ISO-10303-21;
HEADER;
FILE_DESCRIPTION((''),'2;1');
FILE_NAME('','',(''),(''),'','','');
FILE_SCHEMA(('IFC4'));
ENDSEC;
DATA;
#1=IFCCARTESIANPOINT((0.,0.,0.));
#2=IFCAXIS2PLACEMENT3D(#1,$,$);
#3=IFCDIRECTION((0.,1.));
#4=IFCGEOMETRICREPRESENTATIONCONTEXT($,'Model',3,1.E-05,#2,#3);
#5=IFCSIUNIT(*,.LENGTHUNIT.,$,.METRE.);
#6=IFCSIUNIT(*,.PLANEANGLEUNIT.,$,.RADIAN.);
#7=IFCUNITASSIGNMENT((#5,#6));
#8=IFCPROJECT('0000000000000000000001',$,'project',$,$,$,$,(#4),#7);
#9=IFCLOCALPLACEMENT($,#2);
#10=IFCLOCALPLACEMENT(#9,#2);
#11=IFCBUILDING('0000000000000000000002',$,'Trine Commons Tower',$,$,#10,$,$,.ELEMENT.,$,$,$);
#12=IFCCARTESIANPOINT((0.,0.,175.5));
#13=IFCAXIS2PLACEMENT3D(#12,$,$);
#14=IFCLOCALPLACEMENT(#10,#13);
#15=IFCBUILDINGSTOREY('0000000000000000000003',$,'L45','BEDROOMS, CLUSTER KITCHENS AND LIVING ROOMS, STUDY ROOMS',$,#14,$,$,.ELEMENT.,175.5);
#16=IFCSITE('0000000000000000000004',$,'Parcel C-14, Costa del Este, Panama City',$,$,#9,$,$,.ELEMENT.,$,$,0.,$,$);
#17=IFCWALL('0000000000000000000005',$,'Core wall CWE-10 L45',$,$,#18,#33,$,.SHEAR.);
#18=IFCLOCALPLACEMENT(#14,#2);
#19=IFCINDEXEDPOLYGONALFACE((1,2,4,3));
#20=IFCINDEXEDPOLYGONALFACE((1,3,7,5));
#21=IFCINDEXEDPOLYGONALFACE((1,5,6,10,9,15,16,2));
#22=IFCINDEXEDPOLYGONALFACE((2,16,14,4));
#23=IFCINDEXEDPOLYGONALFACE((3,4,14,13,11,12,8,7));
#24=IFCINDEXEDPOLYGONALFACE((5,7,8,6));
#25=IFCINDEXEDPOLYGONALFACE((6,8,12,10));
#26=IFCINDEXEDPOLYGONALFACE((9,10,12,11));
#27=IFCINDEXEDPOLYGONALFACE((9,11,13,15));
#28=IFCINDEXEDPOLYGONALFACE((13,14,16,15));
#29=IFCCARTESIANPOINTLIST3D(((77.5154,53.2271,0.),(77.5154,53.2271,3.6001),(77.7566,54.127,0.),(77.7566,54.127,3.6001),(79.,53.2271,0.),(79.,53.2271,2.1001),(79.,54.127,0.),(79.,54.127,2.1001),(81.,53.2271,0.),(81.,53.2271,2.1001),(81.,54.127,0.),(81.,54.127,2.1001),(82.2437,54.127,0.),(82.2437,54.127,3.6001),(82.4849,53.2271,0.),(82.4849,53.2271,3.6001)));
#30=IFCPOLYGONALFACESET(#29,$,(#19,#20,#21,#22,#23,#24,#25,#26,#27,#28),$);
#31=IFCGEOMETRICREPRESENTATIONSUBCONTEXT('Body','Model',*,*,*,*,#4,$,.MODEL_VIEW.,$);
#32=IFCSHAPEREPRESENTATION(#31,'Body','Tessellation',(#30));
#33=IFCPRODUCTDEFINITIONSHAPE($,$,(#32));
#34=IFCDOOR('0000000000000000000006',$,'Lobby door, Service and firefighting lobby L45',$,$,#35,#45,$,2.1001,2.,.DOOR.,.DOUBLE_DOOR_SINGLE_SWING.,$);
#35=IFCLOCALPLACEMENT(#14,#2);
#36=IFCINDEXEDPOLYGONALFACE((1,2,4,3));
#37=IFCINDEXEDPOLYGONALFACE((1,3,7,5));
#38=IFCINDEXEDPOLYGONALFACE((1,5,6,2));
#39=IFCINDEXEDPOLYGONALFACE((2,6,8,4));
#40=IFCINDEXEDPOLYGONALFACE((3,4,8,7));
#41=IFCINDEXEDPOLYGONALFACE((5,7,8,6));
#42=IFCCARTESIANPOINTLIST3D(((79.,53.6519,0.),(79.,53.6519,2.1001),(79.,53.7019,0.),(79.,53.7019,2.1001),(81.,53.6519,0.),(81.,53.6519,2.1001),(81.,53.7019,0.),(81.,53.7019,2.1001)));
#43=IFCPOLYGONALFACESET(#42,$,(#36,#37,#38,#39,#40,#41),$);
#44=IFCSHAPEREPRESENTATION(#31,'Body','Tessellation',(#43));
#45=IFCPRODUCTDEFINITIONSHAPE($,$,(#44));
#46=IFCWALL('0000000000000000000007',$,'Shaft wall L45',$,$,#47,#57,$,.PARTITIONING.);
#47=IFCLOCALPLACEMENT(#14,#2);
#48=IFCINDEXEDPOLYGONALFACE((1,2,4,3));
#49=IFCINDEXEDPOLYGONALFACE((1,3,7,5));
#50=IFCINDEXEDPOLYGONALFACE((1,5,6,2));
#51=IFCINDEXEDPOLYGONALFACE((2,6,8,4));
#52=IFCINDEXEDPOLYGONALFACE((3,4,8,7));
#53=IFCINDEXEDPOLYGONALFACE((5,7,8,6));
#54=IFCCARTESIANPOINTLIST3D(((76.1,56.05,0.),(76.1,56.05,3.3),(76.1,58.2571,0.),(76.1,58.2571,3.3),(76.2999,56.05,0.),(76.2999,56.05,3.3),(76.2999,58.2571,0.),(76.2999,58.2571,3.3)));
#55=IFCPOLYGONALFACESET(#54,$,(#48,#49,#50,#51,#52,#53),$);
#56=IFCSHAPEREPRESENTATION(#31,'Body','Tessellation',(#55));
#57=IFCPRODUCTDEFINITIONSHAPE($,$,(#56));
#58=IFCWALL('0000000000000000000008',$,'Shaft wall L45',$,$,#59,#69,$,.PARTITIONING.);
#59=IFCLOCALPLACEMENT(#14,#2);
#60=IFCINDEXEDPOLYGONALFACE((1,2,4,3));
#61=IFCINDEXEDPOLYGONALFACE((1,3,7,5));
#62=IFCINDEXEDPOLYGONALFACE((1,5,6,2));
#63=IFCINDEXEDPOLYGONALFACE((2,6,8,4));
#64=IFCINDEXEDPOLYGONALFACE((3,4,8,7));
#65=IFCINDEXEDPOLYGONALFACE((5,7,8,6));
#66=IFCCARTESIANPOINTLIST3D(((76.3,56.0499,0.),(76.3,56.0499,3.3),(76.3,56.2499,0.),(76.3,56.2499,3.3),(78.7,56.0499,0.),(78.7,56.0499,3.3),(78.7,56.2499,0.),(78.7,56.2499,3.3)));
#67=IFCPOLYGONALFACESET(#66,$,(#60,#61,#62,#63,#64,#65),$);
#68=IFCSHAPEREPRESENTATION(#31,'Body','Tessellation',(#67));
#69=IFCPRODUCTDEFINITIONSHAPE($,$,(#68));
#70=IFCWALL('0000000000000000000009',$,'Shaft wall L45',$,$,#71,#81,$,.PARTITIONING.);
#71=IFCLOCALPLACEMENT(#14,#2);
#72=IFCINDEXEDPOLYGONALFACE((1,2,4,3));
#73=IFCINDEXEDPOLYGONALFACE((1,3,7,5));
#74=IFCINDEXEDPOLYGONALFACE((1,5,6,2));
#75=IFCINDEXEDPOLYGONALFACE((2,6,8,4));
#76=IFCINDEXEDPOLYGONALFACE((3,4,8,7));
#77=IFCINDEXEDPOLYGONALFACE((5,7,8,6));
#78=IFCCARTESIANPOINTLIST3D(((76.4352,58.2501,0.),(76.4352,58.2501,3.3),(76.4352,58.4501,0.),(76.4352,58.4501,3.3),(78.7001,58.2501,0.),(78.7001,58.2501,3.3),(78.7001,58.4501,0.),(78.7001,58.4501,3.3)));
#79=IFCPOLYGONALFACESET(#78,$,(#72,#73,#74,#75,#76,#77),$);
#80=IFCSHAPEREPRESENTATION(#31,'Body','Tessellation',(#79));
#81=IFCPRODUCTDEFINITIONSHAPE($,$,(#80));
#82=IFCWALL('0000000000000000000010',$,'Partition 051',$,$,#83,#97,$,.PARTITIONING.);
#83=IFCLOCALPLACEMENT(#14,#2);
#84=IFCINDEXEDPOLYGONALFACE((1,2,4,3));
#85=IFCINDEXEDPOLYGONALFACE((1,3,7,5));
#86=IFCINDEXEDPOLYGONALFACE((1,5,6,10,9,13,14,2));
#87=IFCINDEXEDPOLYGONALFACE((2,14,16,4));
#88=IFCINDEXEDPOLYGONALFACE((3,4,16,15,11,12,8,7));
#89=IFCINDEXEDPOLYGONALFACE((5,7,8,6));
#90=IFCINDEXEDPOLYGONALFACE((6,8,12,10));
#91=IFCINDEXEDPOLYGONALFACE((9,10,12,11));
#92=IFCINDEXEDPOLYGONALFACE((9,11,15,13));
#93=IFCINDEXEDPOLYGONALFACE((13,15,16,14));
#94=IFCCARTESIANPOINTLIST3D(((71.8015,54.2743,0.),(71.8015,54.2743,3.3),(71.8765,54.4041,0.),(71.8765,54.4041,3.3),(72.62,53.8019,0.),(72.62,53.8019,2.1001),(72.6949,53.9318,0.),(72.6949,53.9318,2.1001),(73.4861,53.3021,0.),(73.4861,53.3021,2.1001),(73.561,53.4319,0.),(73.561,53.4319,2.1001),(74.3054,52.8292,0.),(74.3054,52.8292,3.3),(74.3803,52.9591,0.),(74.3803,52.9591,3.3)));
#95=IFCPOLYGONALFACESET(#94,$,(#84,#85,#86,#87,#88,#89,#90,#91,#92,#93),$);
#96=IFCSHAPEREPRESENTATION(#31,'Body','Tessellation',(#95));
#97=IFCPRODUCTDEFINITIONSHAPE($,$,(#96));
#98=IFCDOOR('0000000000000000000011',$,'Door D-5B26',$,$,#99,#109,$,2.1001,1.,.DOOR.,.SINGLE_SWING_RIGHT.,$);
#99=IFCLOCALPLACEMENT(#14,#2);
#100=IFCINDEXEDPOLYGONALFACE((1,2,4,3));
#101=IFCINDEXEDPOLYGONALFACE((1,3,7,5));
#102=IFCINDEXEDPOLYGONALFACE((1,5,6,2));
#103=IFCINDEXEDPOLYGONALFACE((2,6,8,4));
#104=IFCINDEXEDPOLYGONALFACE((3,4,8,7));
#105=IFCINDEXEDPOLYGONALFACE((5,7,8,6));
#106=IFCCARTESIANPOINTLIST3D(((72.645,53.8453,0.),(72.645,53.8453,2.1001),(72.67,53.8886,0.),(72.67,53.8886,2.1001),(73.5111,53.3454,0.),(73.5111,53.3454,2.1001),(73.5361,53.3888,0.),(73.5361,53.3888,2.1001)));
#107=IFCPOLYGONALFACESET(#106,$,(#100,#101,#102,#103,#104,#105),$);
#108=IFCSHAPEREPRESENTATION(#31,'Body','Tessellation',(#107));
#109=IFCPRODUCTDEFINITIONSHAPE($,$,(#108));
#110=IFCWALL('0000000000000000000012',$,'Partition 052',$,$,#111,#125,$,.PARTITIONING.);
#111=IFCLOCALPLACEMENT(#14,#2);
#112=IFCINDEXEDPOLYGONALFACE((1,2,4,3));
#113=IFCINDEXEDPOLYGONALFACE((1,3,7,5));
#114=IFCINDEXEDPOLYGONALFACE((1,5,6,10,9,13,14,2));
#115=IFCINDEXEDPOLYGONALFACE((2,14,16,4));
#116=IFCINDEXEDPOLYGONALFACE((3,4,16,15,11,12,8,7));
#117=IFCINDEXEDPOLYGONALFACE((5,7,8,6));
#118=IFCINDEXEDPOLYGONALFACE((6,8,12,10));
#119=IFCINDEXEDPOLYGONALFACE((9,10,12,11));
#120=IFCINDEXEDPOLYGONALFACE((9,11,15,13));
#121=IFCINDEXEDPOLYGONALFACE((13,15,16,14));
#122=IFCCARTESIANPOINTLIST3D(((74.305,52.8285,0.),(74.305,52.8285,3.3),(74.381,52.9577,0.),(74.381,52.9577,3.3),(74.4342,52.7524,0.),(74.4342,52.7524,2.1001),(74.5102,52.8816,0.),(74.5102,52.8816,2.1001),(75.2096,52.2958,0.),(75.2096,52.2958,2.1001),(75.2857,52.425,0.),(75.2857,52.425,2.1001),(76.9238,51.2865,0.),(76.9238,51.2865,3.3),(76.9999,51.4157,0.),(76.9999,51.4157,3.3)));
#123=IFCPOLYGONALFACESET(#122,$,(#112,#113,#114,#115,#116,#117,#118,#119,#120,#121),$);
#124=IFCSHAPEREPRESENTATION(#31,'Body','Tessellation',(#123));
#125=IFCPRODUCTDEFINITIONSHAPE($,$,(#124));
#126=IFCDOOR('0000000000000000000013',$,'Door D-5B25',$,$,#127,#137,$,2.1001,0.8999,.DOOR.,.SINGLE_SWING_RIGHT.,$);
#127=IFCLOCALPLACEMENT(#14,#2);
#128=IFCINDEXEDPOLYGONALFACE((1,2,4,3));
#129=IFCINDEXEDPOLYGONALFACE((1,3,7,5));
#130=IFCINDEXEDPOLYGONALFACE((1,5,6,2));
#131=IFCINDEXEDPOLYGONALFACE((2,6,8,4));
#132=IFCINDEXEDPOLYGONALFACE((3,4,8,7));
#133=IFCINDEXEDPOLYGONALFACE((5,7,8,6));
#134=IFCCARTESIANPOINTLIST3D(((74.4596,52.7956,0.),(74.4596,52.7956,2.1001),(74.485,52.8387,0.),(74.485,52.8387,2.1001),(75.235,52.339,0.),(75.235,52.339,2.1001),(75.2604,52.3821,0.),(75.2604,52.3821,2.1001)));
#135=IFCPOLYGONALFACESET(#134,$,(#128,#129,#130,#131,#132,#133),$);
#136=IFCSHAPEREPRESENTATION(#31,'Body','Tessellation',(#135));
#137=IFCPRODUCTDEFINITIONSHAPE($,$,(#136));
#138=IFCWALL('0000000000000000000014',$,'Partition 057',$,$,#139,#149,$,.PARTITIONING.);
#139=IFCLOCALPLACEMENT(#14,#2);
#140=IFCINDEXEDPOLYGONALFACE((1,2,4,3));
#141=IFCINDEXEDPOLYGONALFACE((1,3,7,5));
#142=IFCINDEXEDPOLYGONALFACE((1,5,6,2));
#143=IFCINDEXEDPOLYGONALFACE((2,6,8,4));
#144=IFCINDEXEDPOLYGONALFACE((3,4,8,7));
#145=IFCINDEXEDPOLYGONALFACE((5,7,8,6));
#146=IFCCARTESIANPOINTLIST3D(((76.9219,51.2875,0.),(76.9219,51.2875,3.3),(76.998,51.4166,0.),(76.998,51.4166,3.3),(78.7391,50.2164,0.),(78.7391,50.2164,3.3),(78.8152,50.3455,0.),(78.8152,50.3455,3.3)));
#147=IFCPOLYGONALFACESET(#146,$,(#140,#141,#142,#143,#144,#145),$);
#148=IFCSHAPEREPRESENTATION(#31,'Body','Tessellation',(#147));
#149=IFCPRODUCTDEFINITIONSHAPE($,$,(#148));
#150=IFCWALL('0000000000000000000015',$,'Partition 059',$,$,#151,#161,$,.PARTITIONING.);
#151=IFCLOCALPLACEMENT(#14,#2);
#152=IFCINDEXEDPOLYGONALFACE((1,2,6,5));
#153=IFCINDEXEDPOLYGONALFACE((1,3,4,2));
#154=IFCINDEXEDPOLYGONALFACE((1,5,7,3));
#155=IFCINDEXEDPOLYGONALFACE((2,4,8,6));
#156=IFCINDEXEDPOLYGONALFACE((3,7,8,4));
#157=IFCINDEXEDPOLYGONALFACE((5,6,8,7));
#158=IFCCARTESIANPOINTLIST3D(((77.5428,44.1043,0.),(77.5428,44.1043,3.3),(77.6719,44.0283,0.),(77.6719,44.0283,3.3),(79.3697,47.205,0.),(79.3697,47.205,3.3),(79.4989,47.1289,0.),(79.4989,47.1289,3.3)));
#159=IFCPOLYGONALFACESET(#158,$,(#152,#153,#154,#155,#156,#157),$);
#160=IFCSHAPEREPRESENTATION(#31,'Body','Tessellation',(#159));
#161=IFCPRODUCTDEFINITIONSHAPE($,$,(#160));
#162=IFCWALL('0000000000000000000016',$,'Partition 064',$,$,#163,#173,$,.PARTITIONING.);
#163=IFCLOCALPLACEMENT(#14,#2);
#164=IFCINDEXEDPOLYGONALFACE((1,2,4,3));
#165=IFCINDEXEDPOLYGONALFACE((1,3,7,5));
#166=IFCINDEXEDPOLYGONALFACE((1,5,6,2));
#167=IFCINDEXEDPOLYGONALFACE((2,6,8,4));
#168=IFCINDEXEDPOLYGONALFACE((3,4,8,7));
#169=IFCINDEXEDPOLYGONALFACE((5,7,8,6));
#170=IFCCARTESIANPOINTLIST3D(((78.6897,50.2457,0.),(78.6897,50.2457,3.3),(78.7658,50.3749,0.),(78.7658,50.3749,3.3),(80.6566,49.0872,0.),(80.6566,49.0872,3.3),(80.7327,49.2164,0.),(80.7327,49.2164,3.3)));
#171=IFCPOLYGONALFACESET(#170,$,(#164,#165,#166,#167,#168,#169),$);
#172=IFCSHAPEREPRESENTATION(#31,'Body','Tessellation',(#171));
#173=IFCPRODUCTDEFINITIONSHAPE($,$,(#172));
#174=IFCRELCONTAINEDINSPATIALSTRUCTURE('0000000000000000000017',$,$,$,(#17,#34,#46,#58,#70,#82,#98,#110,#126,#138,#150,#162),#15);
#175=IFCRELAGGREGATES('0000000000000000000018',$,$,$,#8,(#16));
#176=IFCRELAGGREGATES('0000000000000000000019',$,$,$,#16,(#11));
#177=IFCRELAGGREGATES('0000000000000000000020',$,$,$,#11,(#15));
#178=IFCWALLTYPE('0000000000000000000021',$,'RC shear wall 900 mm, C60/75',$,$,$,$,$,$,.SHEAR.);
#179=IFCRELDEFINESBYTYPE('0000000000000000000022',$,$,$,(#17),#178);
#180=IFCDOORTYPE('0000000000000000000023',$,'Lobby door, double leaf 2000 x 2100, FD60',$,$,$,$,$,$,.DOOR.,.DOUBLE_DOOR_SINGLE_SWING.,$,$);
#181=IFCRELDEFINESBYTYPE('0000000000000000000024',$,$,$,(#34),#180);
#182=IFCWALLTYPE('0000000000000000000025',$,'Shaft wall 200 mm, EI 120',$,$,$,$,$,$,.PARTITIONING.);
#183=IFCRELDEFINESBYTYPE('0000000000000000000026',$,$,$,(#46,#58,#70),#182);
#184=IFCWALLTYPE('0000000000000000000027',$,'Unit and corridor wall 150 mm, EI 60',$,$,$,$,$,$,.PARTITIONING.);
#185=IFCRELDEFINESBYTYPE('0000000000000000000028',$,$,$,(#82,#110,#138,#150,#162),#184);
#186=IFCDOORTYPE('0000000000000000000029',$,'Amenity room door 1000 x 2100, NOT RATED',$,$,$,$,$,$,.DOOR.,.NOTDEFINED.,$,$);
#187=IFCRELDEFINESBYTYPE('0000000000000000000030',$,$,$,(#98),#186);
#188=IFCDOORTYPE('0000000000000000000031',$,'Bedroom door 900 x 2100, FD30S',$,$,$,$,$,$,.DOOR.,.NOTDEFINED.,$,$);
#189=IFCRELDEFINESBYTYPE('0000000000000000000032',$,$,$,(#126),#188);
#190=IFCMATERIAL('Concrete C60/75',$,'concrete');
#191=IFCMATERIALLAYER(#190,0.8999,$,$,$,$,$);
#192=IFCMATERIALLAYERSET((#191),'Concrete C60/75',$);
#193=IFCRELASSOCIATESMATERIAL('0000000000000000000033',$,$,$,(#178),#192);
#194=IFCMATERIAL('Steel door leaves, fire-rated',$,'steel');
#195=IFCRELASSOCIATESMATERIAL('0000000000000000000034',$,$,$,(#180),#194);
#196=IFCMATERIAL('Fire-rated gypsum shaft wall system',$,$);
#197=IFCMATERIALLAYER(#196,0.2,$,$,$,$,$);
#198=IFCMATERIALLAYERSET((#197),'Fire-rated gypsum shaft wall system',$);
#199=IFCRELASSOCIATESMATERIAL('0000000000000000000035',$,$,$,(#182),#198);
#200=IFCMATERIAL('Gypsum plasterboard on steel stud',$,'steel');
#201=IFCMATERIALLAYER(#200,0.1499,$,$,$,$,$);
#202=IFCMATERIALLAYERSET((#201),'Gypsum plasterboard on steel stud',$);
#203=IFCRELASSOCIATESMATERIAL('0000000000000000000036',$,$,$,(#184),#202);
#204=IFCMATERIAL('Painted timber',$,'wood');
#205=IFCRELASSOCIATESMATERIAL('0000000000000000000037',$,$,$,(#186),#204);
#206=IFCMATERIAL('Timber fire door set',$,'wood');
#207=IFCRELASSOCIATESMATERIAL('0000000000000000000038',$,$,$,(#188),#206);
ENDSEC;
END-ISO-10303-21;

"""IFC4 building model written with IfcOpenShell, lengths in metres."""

from ifc_helpers import new_model, si_unit, direction, frame, frame_2d, origin, place, context, subcontext, project, spatial, polyline, rectangle, outline, extrude, material, layer, layer_set, type_object, element, fill, save


model = new_model("IFC4")

# Units and contexts
model_context = context("Model", 3, precision=1e-05, world=origin(), true_north=direction((0.0, 1.0)))
body_context = subcontext(model_context, "Body", "Model", "MODEL_VIEW")
ifc_project = project(units=[si_unit("LENGTHUNIT", "METRE"), si_unit("PLANEANGLEUNIT", "RADIAN")], contexts=[model_context])

# Site, building, storey
site_placement = place(None, origin())
site = spatial("IfcSite", under=ifc_project, at=site_placement, Name="Parcel C-14, Costa del Este, Panama City", CompositionType="ELEMENT", RefElevation=0.0)
building_placement = place(site_placement, origin())
building = spatial("IfcBuilding", under=site, at=building_placement, Name="Trine Commons Tower", CompositionType="ELEMENT")
storey_placement = place(building_placement, frame((0.0, 0.0, 175.5)))
storey = spatial("IfcBuildingStorey", under=building, at=storey_placement, Name="L45", Description="BEDROOMS, CLUSTER KITCHENS AND LIVING ROOMS, STUDY ROOMS", CompositionType="ELEMENT", Elevation=175.5)

# Shared definitions
ifc_material_1 = material(Name="Concrete C60/75", Category="concrete")

# Shared definitions
ifc_material_2 = material(Name="Fire-rated gypsum shaft wall system")

# Shared definitions
ifc_layer_1 = layer(ifc_material_1, 0.8999)
ifc_layer_set_1 = layer_set([ifc_layer_1], Name="Concrete C60/75")
wall_type_1 = type_object("IfcWallType", Name="RC shear wall 900 mm, C60/75", PredefinedType="SHEAR", material=ifc_layer_set_1)

# Wall, opening, door
wall_1_placement = place(storey_placement, frame((77.5154, 53.677, 0.0), z_axis=(0.0, 0.0, 1.0), x_axis=(1.0, 0.0, 0.0)))
wall_1 = element("IfcWall", 1, at=wall_1_placement, inside=storey, type_object=wall_type_1, Name="Core wall CWE-10 L45", PredefinedType="SHEAR", context=body_context, shape_type="SweptSolid", body=[
    extrude(outline(polyline([(0.0, -0.45), (4.9695, -0.45), (4.7283, 0.45), (0.2412, 0.45), (0.0, -0.45)])), origin(), (0.0, 0.0, 1.0), 3.6001),
])
opening_1_placement = place(wall_1_placement, frame((1.4846, 0.0, 0.0)))
opening_1 = element("IfcOpeningElement", 2, at=opening_1_placement, cuts=wall_1, PredefinedType="OPENING", context=body_context, shape_type="SweptSolid", body=[
    extrude(rectangle(XDim=2.0, YDim=2.1001, at=frame_2d((1.0, 1.05))), frame((0.0, 0.46, 0.0), z_axis=(0.0, -1.0, 0.0), x_axis=(1.0, 0.0, 0.0)), (0.0, 0.0, 1.0), 0.9199),
])
ifc_material_3 = material(Name="Steel door leaves, fire-rated", Category="steel")
door_type_1 = type_object("IfcDoorType", Name="Lobby door, double leaf 2000 x 2100, FD60", OperationType="DOUBLE_DOOR_SINGLE_SWING", PredefinedType="DOOR", material=ifc_material_3)
door_1_placement = place(opening_1_placement, origin())
door_1 = element("IfcDoor", 3, at=door_1_placement, inside=storey, type_object=door_type_1, Name="Lobby door, Service and firefighting lobby L45", OperationType="DOUBLE_DOOR_SINGLE_SWING", OverallHeight=2.1001, OverallWidth=2.0, PredefinedType="DOOR", context=body_context, shape_type="SweptSolid", body=[
    extrude(rectangle(XDim=2.0, YDim=2.1001, at=frame_2d((1.0, 1.05))), frame((0.0, 0.0249, 0.0), z_axis=(0.0, -1.0, 0.0), x_axis=(1.0, 0.0, 0.0)), (0.0, 0.0, 1.0), 0.05),
])
fill(opening_1, door_1)

# Walls
ifc_layer_2 = layer(ifc_material_2, 0.2)
ifc_layer_set_2 = layer_set([ifc_layer_2], Name="Fire-rated gypsum shaft wall system")
wall_type_2 = type_object("IfcWallType", Name="Shaft wall 200 mm, EI 120", PredefinedType="PARTITIONING", material=ifc_layer_set_2)
wall_2_placement = place(storey_placement, frame((76.2, 58.2571, 0.0), z_axis=(0.0, 0.0, 1.0), x_axis=(0.0, -1.0, 0.0)))
element("IfcWall", 4, at=wall_2_placement, inside=storey, type_object=wall_type_2, Name="Shaft wall L45", PredefinedType="PARTITIONING", context=body_context, shape_type="SweptSolid", body=[
    extrude(rectangle(XDim=2.207, YDim=0.2, at=frame_2d((1.1035, 0.0))), origin(), (0.0, 0.0, 1.0), 3.3),
])
wall_3_placement = place(storey_placement, frame((78.7, 56.1499, 0.0), z_axis=(0.0, 0.0, 1.0), x_axis=(-1.0, 0.0, 0.0)))
element("IfcWall", 5, at=wall_3_placement, inside=storey, type_object=wall_type_2, Name="Shaft wall L45", PredefinedType="PARTITIONING", context=body_context, shape_type="SweptSolid", body=[
    extrude(rectangle(XDim=2.3999, YDim=0.2, at=frame_2d((1.2, 0.0))), origin(), (0.0, 0.0, 1.0), 3.3),
])
wall_4_placement = place(storey_placement, frame((78.7, 58.3501, 0.0), z_axis=(0.0, 0.0, 1.0), x_axis=(-1.0, 0.0, 0.0)))
element("IfcWall", 6, at=wall_4_placement, inside=storey, type_object=wall_type_2, Name="Shaft wall L45", PredefinedType="PARTITIONING", context=body_context, shape_type="SweptSolid", body=[
    extrude(rectangle(XDim=2.2649, YDim=0.2, at=frame_2d((1.1323, 0.0))), origin(), (0.0, 0.0, 1.0), 3.3),
])

# Walls, openings, doors
ifc_material_4 = material(Name="Gypsum plasterboard on steel stud", Category="steel")
ifc_layer_3 = layer(ifc_material_4, 0.1499)
ifc_layer_set_3 = layer_set([ifc_layer_3], Name="Gypsum plasterboard on steel stud")
wall_type_3 = type_object("IfcWallType", Name="Unit and corridor wall 150 mm, EI 60", PredefinedType="PARTITIONING", material=ifc_layer_set_3)
wall_5_placement = place(storey_placement, frame((71.8391, 54.3391, 0.0), z_axis=(0.0, 0.0, 1.0), x_axis=(0.86611, -0.499854, 0.0)))
wall_5 = element("IfcWall", 7, at=wall_5_placement, inside=storey, type_object=wall_type_3, Name="Partition 051", PredefinedType="PARTITIONING", context=body_context, shape_type="SweptSolid", body=[
    extrude(rectangle(XDim=2.8909, YDim=0.1499, at=frame_2d((1.4453, 0.0))), origin(), (0.0, 0.0, 1.0), 3.3),
])
opening_2_placement = place(wall_5_placement, frame((0.9448, 0.0, 0.0)))
opening_2 = element("IfcOpeningElement", 8, at=opening_2_placement, cuts=wall_5, PredefinedType="OPENING", context=body_context, shape_type="SweptSolid", body=[
    extrude(rectangle(XDim=1.0, YDim=2.1001, at=frame_2d((0.5, 1.05))), frame((0.0, 0.085, 0.0), z_axis=(0.0, -1.0, 0.0), x_axis=(1.0, 0.0, 0.0)), (0.0, 0.0, 1.0), 0.1699),
])
ifc_material_5 = material(Name="Painted timber", Category="wood")
door_type_2 = type_object("IfcDoorType", Name="Amenity room door 1000 x 2100, NOT RATED", OperationType="NOTDEFINED", PredefinedType="DOOR", material=ifc_material_5)
door_2_placement = place(opening_2_placement, frame((1.0, 0.0, 0.0), z_axis=(0.0, 0.0, 1.0), x_axis=(-1.0, 0.0, 0.0)))
door_2 = element("IfcDoor", 9, at=door_2_placement, inside=storey, type_object=door_type_2, Name="Door D-5B26", OperationType="SINGLE_SWING_RIGHT", OverallHeight=2.1001, OverallWidth=1.0, PredefinedType="DOOR", context=body_context, shape_type="SweptSolid", body=[
    extrude(rectangle(XDim=1.0, YDim=2.1001, at=frame_2d((0.5, 1.05))), frame((0.0, 0.0249, 0.0), z_axis=(0.0, -1.0, 0.0), x_axis=(1.0, 0.0, 0.0)), (0.0, 0.0, 1.0), 0.05),
])
fill(opening_2, door_2)
wall_6_placement = place(storey_placement, frame((74.343, 52.8931, 0.0), z_axis=(0.0, 0.0, 1.0), x_axis=(0.861724, -0.507378, 0.0)))
wall_6 = element("IfcWall", 10, at=wall_6_placement, inside=storey, type_object=wall_type_3, Name="Partition 052", PredefinedType="PARTITIONING", context=body_context, shape_type="SweptSolid", body=[
    extrude(rectangle(XDim=3.0391, YDim=0.1499, at=frame_2d((1.5195, 0.0))), origin(), (0.0, 0.0, 1.0), 3.3),
])
opening_3_placement = place(wall_6_placement, frame((0.1499, 0.0, 0.0)))
opening_3 = element("IfcOpeningElement", 11, at=opening_3_placement, cuts=wall_6, PredefinedType="OPENING", context=body_context, shape_type="SweptSolid", body=[
    extrude(rectangle(XDim=0.8999, YDim=2.1001, at=frame_2d((0.45, 1.05))), frame((0.0, 0.085, 0.0), z_axis=(0.0, -1.0, 0.0), x_axis=(1.0, 0.0, 0.0)), (0.0, 0.0, 1.0), 0.1699),
])
ifc_material_6 = material(Name="Timber fire door set", Category="wood")
door_type_3 = type_object("IfcDoorType", Name="Bedroom door 900 x 2100, FD30S", OperationType="NOTDEFINED", PredefinedType="DOOR", material=ifc_material_6)
door_3_placement = place(opening_3_placement, frame((0.8999, 0.0, 0.0), z_axis=(0.0, 0.0, 1.0), x_axis=(-1.0, 0.0, 0.0)))
door_3 = element("IfcDoor", 12, at=door_3_placement, inside=storey, type_object=door_type_3, Name="Door D-5B25", OperationType="SINGLE_SWING_RIGHT", OverallHeight=2.1001, OverallWidth=0.8999, PredefinedType="DOOR", context=body_context, shape_type="SweptSolid", body=[
    extrude(rectangle(XDim=0.8999, YDim=2.1001, at=frame_2d((0.45, 1.05))), frame((0.0, 0.0249, 0.0), z_axis=(0.0, -1.0, 0.0), x_axis=(1.0, 0.0, 0.0)), (0.0, 0.0, 1.0), 0.05),
])
fill(opening_3, door_3)

# Walls
wall_7_placement = place(storey_placement, frame((76.96, 51.3521, 0.0), z_axis=(0.0, 0.0, 1.0), x_axis=(0.861491, -0.507774, 0.0)))
element("IfcWall", 13, at=wall_7_placement, inside=storey, type_object=wall_type_3, Name="Partition 057", PredefinedType="PARTITIONING", context=body_context, shape_type="SweptSolid", body=[
    extrude(rectangle(XDim=2.1094, YDim=0.1499, at=frame_2d((1.0547, 0.0))), origin(), (0.0, 0.0, 1.0), 3.3),
])
wall_8_placement = place(storey_placement, frame((77.6074, 44.0664, 0.0), z_axis=(0.0, 0.0, 1.0), x_axis=(0.507646, 0.861566, 0.0)))
element("IfcWall", 14, at=wall_8_placement, inside=storey, type_object=wall_type_3, Name="Partition 059", PredefinedType="PARTITIONING", context=body_context, shape_type="SweptSolid", body=[
    extrude(rectangle(XDim=3.5989, YDim=0.1499, at=frame_2d((1.7993, 0.0))), origin(), (0.0, 0.0, 1.0), 3.3),
])
wall_9_placement = place(storey_placement, frame((78.7278, 50.3103, 0.0), z_axis=(0.0, 0.0, 1.0), x_axis=(0.861645, -0.507511, 0.0)))
element("IfcWall", 15, at=wall_9_placement, inside=storey, type_object=wall_type_3, Name="Partition 064", PredefinedType="PARTITIONING", context=body_context, shape_type="SweptSolid", body=[
    extrude(rectangle(XDim=2.2827, YDim=0.1499, at=frame_2d((1.1414, 0.0))), origin(), (0.0, 0.0, 1.0), 3.3),
])

save(model, "model.ifc")
